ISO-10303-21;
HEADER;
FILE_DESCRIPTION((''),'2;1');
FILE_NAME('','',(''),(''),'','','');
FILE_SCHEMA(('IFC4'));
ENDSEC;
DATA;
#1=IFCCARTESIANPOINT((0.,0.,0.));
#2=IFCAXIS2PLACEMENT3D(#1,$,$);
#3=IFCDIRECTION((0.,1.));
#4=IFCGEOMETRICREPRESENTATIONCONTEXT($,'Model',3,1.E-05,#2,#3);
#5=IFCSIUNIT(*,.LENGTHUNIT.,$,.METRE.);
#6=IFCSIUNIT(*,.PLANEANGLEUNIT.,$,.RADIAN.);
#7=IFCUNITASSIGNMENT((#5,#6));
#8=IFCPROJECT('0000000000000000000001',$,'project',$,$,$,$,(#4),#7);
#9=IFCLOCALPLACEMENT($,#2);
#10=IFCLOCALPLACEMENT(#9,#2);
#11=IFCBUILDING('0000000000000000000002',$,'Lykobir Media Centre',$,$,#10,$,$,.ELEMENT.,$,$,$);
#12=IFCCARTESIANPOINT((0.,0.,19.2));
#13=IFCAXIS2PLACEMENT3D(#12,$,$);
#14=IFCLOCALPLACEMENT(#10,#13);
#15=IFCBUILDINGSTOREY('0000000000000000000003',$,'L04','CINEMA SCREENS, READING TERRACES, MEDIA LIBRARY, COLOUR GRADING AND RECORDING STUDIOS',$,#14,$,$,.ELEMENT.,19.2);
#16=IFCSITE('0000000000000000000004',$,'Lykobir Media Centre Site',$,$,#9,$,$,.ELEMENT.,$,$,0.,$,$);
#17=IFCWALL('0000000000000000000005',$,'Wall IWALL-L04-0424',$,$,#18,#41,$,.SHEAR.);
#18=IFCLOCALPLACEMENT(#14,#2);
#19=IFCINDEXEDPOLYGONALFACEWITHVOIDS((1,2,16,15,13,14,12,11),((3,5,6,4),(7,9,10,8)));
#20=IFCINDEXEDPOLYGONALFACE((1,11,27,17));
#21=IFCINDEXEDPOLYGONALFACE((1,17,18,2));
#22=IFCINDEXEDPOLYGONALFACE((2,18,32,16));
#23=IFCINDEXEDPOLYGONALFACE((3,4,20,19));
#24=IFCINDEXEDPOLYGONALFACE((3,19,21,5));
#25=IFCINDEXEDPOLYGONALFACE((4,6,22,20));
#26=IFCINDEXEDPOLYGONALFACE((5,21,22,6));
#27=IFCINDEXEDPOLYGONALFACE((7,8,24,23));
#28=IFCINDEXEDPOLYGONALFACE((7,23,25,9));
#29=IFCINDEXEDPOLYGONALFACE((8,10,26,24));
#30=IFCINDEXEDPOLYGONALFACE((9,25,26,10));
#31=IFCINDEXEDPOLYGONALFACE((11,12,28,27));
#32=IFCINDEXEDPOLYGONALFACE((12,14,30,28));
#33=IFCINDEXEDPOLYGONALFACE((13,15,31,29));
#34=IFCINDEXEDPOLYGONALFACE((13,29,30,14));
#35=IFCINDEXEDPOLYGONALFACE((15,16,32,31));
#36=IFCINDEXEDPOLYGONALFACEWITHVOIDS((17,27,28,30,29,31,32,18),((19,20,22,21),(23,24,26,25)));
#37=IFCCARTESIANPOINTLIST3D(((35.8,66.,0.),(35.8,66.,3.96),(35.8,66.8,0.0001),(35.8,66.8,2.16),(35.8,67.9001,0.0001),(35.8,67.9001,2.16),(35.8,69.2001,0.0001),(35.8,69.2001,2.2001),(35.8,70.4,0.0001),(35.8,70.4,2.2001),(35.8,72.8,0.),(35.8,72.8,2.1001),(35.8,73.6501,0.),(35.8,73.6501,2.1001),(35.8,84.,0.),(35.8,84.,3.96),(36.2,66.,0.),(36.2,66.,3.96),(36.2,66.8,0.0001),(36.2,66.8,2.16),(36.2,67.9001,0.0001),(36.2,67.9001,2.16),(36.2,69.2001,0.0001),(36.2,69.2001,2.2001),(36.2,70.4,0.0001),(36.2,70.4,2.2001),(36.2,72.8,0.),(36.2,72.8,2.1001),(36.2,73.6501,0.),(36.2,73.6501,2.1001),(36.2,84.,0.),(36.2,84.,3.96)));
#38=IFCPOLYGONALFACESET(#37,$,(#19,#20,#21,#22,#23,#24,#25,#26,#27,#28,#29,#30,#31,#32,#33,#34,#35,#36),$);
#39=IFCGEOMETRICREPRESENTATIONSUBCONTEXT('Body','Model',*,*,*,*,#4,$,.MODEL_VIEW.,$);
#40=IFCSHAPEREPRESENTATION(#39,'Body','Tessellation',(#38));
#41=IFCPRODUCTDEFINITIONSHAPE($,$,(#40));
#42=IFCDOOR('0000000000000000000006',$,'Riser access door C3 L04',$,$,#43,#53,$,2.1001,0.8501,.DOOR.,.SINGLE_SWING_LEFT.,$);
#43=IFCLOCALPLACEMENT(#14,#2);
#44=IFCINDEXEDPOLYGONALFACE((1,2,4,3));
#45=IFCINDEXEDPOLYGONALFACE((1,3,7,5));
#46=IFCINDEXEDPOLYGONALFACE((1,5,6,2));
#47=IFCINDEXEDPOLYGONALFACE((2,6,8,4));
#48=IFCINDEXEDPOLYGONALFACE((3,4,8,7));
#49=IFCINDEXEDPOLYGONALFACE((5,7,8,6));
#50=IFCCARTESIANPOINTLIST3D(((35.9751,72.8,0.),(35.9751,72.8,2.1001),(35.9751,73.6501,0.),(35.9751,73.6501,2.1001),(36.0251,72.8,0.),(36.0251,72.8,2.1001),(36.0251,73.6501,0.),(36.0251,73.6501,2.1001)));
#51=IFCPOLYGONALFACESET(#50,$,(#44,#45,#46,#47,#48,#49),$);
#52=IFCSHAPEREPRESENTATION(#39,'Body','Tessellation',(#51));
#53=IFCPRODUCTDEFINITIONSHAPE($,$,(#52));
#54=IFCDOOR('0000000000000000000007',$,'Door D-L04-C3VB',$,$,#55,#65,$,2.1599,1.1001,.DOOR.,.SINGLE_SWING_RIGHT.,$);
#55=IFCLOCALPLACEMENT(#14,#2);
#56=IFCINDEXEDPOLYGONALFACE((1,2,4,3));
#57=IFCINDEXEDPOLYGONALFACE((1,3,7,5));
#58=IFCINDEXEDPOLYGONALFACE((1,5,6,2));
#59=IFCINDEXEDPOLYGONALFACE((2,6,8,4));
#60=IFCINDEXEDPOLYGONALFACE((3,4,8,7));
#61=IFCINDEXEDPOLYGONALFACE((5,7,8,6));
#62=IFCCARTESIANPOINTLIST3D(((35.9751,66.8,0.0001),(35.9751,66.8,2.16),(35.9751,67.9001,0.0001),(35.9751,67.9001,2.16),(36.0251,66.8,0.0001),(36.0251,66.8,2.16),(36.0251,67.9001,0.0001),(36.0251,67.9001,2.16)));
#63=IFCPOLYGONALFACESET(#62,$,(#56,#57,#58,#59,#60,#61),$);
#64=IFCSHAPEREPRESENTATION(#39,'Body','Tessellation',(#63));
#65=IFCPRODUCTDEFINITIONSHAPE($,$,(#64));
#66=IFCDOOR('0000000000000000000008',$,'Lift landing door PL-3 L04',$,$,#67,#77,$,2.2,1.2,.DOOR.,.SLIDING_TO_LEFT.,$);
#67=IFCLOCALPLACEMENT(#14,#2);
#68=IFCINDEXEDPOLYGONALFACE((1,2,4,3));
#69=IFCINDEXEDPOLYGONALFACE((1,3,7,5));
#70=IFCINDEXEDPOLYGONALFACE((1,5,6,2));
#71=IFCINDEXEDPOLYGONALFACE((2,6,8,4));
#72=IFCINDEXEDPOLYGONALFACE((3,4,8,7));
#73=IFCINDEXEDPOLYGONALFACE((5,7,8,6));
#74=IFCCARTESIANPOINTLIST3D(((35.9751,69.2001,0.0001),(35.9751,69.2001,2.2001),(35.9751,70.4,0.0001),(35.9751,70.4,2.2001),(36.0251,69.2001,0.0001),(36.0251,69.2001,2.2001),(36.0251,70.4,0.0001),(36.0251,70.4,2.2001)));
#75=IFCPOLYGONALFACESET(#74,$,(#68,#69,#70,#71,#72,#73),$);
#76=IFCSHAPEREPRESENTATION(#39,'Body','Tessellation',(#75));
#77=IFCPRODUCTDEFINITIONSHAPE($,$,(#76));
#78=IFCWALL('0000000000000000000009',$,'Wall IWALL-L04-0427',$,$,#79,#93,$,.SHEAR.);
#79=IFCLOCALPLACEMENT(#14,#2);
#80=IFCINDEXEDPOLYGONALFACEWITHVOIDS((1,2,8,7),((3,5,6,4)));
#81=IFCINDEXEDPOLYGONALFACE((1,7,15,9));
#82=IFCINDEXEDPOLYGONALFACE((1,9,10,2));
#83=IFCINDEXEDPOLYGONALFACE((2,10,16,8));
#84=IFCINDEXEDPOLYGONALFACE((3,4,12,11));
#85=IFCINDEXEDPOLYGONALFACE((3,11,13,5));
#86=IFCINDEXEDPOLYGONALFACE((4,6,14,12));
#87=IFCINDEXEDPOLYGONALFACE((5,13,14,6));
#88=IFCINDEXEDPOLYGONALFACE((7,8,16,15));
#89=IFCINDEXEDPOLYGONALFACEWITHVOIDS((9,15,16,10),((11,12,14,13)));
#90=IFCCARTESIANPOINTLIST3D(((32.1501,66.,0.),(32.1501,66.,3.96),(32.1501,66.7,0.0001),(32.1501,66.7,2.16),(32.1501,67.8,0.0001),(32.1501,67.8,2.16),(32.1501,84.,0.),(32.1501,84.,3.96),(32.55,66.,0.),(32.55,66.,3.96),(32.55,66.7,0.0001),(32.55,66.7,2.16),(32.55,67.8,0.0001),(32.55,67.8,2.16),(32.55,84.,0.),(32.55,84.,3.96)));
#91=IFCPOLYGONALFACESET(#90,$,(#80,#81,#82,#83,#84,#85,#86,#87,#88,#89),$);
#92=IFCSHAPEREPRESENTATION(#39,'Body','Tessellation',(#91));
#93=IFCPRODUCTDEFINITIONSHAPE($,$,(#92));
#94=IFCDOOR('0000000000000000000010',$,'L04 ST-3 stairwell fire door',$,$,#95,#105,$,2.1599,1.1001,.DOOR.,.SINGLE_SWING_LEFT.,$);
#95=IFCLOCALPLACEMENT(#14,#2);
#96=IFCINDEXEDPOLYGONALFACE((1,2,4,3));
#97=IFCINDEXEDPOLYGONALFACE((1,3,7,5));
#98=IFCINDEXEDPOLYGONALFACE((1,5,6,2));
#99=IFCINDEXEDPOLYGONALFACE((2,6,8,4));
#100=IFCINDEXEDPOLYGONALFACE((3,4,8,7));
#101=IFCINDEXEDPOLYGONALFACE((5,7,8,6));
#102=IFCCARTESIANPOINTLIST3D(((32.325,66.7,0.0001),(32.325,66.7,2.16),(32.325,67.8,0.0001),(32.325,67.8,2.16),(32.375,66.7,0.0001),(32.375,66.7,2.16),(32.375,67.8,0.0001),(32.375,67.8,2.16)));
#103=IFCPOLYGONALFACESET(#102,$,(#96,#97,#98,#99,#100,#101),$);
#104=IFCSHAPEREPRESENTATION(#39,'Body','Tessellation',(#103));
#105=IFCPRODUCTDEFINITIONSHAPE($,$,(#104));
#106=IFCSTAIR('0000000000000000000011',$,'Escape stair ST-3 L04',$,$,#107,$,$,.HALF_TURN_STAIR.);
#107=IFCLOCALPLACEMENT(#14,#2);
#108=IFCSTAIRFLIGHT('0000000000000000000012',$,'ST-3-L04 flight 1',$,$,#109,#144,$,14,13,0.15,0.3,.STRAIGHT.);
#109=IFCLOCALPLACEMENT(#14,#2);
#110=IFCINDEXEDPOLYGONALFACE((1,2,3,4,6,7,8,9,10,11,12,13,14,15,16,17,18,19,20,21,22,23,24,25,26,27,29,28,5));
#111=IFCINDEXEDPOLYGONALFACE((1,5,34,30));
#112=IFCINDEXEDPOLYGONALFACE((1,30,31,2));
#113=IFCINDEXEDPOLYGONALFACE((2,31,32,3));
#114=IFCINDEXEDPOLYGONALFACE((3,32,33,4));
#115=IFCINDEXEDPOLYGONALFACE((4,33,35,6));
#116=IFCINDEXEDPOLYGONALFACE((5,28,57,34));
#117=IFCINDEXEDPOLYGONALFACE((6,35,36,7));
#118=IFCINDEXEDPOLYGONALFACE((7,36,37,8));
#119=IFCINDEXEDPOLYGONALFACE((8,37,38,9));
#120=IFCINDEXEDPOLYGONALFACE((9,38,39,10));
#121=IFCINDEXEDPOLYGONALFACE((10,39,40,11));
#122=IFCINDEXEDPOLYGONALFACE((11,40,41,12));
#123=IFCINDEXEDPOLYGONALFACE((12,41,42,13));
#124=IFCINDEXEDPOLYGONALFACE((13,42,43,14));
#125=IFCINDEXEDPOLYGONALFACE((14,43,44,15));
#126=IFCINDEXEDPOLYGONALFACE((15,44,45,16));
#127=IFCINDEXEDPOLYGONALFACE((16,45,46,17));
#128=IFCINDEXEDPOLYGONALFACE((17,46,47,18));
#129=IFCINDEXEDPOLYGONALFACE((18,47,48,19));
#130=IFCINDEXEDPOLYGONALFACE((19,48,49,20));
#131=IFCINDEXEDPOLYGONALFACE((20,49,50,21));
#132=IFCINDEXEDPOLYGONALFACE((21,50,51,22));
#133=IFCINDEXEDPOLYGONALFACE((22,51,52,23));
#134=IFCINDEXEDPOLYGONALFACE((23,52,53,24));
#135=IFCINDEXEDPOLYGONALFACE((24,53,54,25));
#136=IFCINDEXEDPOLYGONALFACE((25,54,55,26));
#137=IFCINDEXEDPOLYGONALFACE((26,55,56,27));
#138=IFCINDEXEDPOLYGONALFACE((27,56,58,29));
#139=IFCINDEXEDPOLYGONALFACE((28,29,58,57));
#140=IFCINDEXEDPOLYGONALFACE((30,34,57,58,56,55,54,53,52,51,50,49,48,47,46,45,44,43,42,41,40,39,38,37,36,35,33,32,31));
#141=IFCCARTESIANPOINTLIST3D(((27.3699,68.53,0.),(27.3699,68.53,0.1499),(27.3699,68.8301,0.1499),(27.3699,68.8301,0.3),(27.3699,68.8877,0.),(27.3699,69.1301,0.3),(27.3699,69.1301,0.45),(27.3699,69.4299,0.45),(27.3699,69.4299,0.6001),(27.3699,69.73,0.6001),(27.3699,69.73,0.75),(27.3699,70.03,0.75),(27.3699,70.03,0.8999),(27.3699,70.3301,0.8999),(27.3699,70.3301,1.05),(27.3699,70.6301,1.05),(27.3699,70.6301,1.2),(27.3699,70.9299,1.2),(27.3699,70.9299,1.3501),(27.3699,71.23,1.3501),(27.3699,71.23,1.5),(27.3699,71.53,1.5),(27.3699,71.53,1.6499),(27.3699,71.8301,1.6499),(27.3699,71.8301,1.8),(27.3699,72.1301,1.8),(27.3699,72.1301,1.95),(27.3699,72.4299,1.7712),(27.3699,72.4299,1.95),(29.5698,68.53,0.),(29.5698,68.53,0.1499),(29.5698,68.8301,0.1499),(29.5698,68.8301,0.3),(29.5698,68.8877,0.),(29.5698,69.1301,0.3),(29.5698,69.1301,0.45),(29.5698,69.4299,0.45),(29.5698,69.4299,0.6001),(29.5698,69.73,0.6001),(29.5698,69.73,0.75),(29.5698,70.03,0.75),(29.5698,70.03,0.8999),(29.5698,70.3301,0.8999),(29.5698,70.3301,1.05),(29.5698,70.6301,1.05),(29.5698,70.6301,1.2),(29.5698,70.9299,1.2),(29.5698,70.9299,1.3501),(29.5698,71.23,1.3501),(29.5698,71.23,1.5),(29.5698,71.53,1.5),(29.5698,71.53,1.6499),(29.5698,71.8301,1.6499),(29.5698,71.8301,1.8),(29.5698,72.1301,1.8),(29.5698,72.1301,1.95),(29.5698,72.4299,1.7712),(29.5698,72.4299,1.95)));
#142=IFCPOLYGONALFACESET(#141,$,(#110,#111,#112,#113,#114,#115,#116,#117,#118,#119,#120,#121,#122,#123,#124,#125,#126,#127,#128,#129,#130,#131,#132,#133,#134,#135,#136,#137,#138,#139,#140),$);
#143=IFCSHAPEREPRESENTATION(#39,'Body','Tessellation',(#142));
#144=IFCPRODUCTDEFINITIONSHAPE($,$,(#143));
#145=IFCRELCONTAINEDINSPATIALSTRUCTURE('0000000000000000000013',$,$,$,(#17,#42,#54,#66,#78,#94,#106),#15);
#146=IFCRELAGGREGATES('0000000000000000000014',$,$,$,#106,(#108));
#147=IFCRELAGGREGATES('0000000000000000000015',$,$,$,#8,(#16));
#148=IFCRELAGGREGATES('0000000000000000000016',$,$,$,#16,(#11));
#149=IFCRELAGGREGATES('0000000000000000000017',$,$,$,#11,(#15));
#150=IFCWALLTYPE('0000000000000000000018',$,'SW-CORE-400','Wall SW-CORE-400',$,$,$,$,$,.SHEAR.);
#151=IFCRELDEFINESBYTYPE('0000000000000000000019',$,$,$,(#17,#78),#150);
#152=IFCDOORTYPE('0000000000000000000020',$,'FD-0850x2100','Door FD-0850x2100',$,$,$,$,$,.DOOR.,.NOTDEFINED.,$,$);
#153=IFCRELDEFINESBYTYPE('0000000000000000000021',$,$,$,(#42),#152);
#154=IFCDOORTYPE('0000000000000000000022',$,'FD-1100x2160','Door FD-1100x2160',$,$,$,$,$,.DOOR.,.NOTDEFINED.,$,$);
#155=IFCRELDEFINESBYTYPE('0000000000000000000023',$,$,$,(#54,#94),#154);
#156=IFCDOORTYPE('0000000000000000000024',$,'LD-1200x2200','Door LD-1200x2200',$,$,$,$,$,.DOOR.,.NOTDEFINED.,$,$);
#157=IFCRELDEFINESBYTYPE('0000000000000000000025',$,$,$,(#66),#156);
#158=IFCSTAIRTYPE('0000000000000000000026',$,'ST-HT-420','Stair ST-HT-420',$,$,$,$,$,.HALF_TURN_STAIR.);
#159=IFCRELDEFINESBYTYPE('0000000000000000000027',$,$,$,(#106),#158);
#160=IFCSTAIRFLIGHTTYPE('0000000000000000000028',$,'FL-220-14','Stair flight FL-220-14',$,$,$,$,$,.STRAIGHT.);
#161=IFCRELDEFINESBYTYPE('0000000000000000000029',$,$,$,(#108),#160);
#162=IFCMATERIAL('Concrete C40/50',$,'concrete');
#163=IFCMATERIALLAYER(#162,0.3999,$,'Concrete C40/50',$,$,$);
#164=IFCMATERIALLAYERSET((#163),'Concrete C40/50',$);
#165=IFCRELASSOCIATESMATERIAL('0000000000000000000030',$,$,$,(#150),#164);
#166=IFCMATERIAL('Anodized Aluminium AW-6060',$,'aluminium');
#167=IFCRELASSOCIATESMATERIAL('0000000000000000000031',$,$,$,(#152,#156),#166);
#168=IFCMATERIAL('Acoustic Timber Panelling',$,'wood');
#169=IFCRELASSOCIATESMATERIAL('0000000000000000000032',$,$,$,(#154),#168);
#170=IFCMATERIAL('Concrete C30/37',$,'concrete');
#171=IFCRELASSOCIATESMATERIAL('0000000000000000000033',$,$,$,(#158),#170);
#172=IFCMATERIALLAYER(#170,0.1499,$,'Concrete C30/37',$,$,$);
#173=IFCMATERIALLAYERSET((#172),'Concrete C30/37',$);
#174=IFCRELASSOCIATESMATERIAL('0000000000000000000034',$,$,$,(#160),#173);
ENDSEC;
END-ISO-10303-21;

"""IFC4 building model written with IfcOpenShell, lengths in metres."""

from ifc_helpers import new_model, si_unit, direction, frame, frame_2d, origin, place, context, subcontext, project, spatial, polyline, rectangle, outline, extrude, material, layer, layer_set, type_object, element, fill, aggregate, save


model = new_model("IFC4")

# Units and contexts
model_context = context("Model", 3, precision=1e-05, world=origin(), true_north=direction((0.0, 1.0)))
body_context = subcontext(model_context, "Body", "Model", "MODEL_VIEW")
ifc_project = project(units=[si_unit("LENGTHUNIT", "METRE"), si_unit("PLANEANGLEUNIT", "RADIAN")], contexts=[model_context])

# Site, building, storey
site_placement = place(None, origin())
site = spatial("IfcSite", under=ifc_project, at=site_placement, Name="Lykobir Media Centre Site", CompositionType="ELEMENT", RefElevation=0.0)
building_placement = place(site_placement, origin())
building = spatial("IfcBuilding", under=site, at=building_placement, Name="Lykobir Media Centre", CompositionType="ELEMENT")
storey_placement = place(building_placement, frame((0.0, 0.0, 19.2)))
storey = spatial("IfcBuildingStorey", under=building, at=storey_placement, Name="L04", Description="CINEMA SCREENS, READING TERRACES, MEDIA LIBRARY, COLOUR GRADING AND RECORDING STUDIOS", CompositionType="ELEMENT", Elevation=19.2)

# Shared definitions
ifc_material_1 = material(Name="Concrete C40/50", Category="concrete")

# Shared definitions
ifc_material_2 = material(Name="Concrete C30/37", Category="concrete")
ifc_layer_1 = layer(ifc_material_1, 0.3999, Name="Concrete C40/50")
ifc_layer_set_1 = layer_set([ifc_layer_1], Name="Concrete C40/50")
wall_type_1 = type_object("IfcWallType", Name="SW-CORE-400", Description="Wall SW-CORE-400", PredefinedType="SHEAR", material=ifc_layer_set_1)

# Wall, openings, doors
wall_1_placement = place(storey_placement, frame((36.0, 66.0, 0.0), z_axis=(0.0, 0.0, 1.0), x_axis=(0.0, 1.0, 0.0)))
wall_1 = element("IfcWall", 1, at=wall_1_placement, inside=storey, type_object=wall_type_1, Name="Wall IWALL-L04-0424", PredefinedType="SHEAR", context=body_context, shape_type="SweptSolid", body=[
    extrude(rectangle(XDim=18.0, YDim=0.3999, at=frame_2d((9.0, 0.0))), origin(), (0.0, 0.0, 1.0), 3.96),
])
opening_1_placement = place(wall_1_placement, frame((0.8, 0.0, 0.0)))
opening_1 = element("IfcOpeningElement", 2, at=opening_1_placement, cuts=wall_1, PredefinedType="OPENING", context=body_context, shape_type="SweptSolid", body=[
    extrude(rectangle(XDim=1.1001, YDim=2.1599, at=frame_2d((0.55, 1.0801))), frame((0.0, 0.21, 0.0), z_axis=(0.0, -1.0, 0.0), x_axis=(1.0, 0.0, 0.0)), (0.0, 0.0, 1.0), 0.4199),
])
opening_2_placement = place(wall_1_placement, frame((3.2, 0.0, 0.0)))
opening_2 = element("IfcOpeningElement", 3, at=opening_2_placement, cuts=wall_1, PredefinedType="OPENING", context=body_context, shape_type="SweptSolid", body=[
    extrude(rectangle(XDim=1.2, YDim=2.2, at=frame_2d((0.6001, 1.1001))), frame((0.0, 0.21, 0.0), z_axis=(0.0, -1.0, 0.0), x_axis=(1.0, 0.0, 0.0)), (0.0, 0.0, 1.0), 0.4199),
])
opening_3_placement = place(wall_1_placement, frame((6.8, 0.0, 0.0)))
opening_3 = element("IfcOpeningElement", 4, at=opening_3_placement, cuts=wall_1, PredefinedType="OPENING", context=body_context, shape_type="SweptSolid", body=[
    extrude(rectangle(XDim=0.8501, YDim=2.1001, at=frame_2d((0.425, 1.05))), frame((0.0, 0.21, 0.0), z_axis=(0.0, -1.0, 0.0), x_axis=(1.0, 0.0, 0.0)), (0.0, 0.0, 1.0), 0.4199),
])
ifc_material_3 = material(Name="Anodized Aluminium AW-6060", Category="aluminium")
door_type_1 = type_object("IfcDoorType", Name="FD-0850x2100", Description="Door FD-0850x2100", OperationType="NOTDEFINED", PredefinedType="DOOR", material=ifc_material_3)
door_1_placement = place(opening_3_placement, origin())
door_1 = element("IfcDoor", 5, at=door_1_placement, inside=storey, type_object=door_type_1, Name="Riser access door C3 L04", OperationType="SINGLE_SWING_LEFT", OverallHeight=2.1001, OverallWidth=0.8501, PredefinedType="DOOR", context=body_context, shape_type="SweptSolid", body=[
    extrude(rectangle(XDim=0.8501, YDim=2.1001, at=frame_2d((0.425, 1.05))), frame((0.0, 0.0249, 0.0), z_axis=(0.0, -1.0, 0.0), x_axis=(1.0, 0.0, 0.0)), (0.0, 0.0, 1.0), 0.05),
])
fill(opening_3, door_1)
ifc_material_4 = material(Name="Acoustic Timber Panelling", Category="wood")
door_type_2 = type_object("IfcDoorType", Name="FD-1100x2160", Description="Door FD-1100x2160", OperationType="NOTDEFINED", PredefinedType="DOOR", material=ifc_material_4)
door_2_placement = place(opening_1_placement, origin())
door_2 = element("IfcDoor", 6, at=door_2_placement, inside=storey, type_object=door_type_2, Name="Door D-L04-C3VB", OperationType="SINGLE_SWING_RIGHT", OverallHeight=2.1599, OverallWidth=1.1001, PredefinedType="DOOR", context=body_context, shape_type="SweptSolid", body=[
    extrude(rectangle(XDim=1.1001, YDim=2.1599, at=frame_2d((0.55, 1.0801))), frame((0.0, 0.0249, 0.0), z_axis=(0.0, -1.0, 0.0), x_axis=(1.0, 0.0, 0.0)), (0.0, 0.0, 1.0), 0.05),
])
fill(opening_1, door_2)
door_type_3 = type_object("IfcDoorType", Name="LD-1200x2200", Description="Door LD-1200x2200", OperationType="NOTDEFINED", PredefinedType="DOOR", material=ifc_material_3)
door_3_placement = place(opening_2_placement, origin())
door_3 = element("IfcDoor", 7, at=door_3_placement, inside=storey, type_object=door_type_3, Name="Lift landing door PL-3 L04", OperationType="SLIDING_TO_LEFT", OverallHeight=2.2, OverallWidth=1.2, PredefinedType="DOOR", context=body_context, shape_type="SweptSolid", body=[
    extrude(rectangle(XDim=1.2, YDim=2.2, at=frame_2d((0.6001, 1.1001))), frame((0.0, 0.0249, 0.0), z_axis=(0.0, -1.0, 0.0), x_axis=(1.0, 0.0, 0.0)), (0.0, 0.0, 1.0), 0.05),
])
fill(opening_2, door_3)

# Wall, opening, door
wall_2_placement = place(storey_placement, frame((32.3501, 66.0, 0.0), z_axis=(0.0, 0.0, 1.0), x_axis=(0.0, 1.0, 0.0)))
wall_2 = element("IfcWall", 8, at=wall_2_placement, inside=storey, type_object=wall_type_1, Name="Wall IWALL-L04-0427", PredefinedType="SHEAR", context=body_context, shape_type="SweptSolid", body=[
    extrude(rectangle(XDim=18.0, YDim=0.3999, at=frame_2d((9.0, 0.0))), origin(), (0.0, 0.0, 1.0), 3.96),
])
opening_4_placement = place(wall_2_placement, frame((0.7, 0.0, 0.0)))
opening_4 = element("IfcOpeningElement", 9, at=opening_4_placement, cuts=wall_2, PredefinedType="OPENING", context=body_context, shape_type="SweptSolid", body=[
    extrude(rectangle(XDim=1.1001, YDim=2.1599, at=frame_2d((0.55, 1.0801))), frame((0.0, 0.21, 0.0), z_axis=(0.0, -1.0, 0.0), x_axis=(1.0, 0.0, 0.0)), (0.0, 0.0, 1.0), 0.4199),
])
door_4_placement = place(opening_4_placement, frame((1.1001, 0.0, 0.0), z_axis=(0.0, 0.0, 1.0), x_axis=(-1.0, 0.0, 0.0)))
door_4 = element("IfcDoor", 10, at=door_4_placement, inside=storey, type_object=door_type_2, Name="L04 ST-3 stairwell fire door", OperationType="SINGLE_SWING_LEFT", OverallHeight=2.1599, OverallWidth=1.1001, PredefinedType="DOOR", context=body_context, shape_type="SweptSolid", body=[
    extrude(rectangle(XDim=1.1001, YDim=2.1599, at=frame_2d((0.55, 1.0801))), frame((0.0, 0.0249, 0.0), z_axis=(0.0, -1.0, 0.0), x_axis=(1.0, 0.0, 0.0)), (0.0, 0.0, 1.0), 0.05),
])
fill(opening_4, door_4)

# Stair, stair flight
stair_type = type_object("IfcStairType", Name="ST-HT-420", Description="Stair ST-HT-420", PredefinedType="HALF_TURN_STAIR", material=ifc_material_2)
stair_placement = place(storey_placement, origin())
stair = element("IfcStair", 11, at=stair_placement, inside=storey, type_object=stair_type, Name="Escape stair ST-3 L04", PredefinedType="HALF_TURN_STAIR")
ifc_layer_2 = layer(ifc_material_2, 0.1499, Name="Concrete C30/37")
ifc_layer_set_2 = layer_set([ifc_layer_2], Name="Concrete C30/37")
stair_flight_type = type_object("IfcStairFlightType", Name="FL-220-14", Description="Stair flight FL-220-14", PredefinedType="STRAIGHT", material=ifc_layer_set_2)
stair_flight_placement = place(storey_placement, frame((28.47, 68.53, 0.0), z_axis=(0.0, 0.0, 1.0), x_axis=(0.0, 1.0, 0.0)))
stair_flight = element("IfcStairFlight", 12, at=stair_flight_placement, type_object=stair_flight_type, Name="ST-3-L04 flight 1", NumberOfRisers=14, NumberOfTreads=13, PredefinedType="STRAIGHT", RiserHeight=0.15, TreadLength=0.3, context=body_context, shape_type="SweptSolid", body=[
    extrude(outline(polyline([(0.0, 0.0), (0.0, 0.1499), (0.3, 0.1499), (0.3, 0.3), (0.6001, 0.3), (0.6001, 0.45), (0.8999, 0.45), (0.8999, 0.6001), (1.2, 0.6001), (1.2, 0.75), (1.5, 0.75), (1.5, 0.8999), (1.8, 0.8999), (1.8, 1.05), (2.1001, 1.05), (2.1001, 1.2), (2.3999, 1.2), (2.3999, 1.3501), (2.7, 1.3501), (2.7, 1.5), (3.0, 1.5), (3.0, 1.6499), (3.3, 1.6499), (3.3, 1.8), (3.6001, 1.8), (3.6001, 1.95), (3.8999, 1.95), (3.8999, 2.1001), (3.8999, 1.7712), (0.3577, 0.0), (0.0, 0.0)])), frame((0.0, 1.1001, 0.0), z_axis=(0.0, -1.0, 0.0), x_axis=(1.0, 0.0, 0.0)), (0.0, 0.0, 1.0), 2.2),
])
aggregate(stair, [stair_flight])

save(model, "model.ifc")
